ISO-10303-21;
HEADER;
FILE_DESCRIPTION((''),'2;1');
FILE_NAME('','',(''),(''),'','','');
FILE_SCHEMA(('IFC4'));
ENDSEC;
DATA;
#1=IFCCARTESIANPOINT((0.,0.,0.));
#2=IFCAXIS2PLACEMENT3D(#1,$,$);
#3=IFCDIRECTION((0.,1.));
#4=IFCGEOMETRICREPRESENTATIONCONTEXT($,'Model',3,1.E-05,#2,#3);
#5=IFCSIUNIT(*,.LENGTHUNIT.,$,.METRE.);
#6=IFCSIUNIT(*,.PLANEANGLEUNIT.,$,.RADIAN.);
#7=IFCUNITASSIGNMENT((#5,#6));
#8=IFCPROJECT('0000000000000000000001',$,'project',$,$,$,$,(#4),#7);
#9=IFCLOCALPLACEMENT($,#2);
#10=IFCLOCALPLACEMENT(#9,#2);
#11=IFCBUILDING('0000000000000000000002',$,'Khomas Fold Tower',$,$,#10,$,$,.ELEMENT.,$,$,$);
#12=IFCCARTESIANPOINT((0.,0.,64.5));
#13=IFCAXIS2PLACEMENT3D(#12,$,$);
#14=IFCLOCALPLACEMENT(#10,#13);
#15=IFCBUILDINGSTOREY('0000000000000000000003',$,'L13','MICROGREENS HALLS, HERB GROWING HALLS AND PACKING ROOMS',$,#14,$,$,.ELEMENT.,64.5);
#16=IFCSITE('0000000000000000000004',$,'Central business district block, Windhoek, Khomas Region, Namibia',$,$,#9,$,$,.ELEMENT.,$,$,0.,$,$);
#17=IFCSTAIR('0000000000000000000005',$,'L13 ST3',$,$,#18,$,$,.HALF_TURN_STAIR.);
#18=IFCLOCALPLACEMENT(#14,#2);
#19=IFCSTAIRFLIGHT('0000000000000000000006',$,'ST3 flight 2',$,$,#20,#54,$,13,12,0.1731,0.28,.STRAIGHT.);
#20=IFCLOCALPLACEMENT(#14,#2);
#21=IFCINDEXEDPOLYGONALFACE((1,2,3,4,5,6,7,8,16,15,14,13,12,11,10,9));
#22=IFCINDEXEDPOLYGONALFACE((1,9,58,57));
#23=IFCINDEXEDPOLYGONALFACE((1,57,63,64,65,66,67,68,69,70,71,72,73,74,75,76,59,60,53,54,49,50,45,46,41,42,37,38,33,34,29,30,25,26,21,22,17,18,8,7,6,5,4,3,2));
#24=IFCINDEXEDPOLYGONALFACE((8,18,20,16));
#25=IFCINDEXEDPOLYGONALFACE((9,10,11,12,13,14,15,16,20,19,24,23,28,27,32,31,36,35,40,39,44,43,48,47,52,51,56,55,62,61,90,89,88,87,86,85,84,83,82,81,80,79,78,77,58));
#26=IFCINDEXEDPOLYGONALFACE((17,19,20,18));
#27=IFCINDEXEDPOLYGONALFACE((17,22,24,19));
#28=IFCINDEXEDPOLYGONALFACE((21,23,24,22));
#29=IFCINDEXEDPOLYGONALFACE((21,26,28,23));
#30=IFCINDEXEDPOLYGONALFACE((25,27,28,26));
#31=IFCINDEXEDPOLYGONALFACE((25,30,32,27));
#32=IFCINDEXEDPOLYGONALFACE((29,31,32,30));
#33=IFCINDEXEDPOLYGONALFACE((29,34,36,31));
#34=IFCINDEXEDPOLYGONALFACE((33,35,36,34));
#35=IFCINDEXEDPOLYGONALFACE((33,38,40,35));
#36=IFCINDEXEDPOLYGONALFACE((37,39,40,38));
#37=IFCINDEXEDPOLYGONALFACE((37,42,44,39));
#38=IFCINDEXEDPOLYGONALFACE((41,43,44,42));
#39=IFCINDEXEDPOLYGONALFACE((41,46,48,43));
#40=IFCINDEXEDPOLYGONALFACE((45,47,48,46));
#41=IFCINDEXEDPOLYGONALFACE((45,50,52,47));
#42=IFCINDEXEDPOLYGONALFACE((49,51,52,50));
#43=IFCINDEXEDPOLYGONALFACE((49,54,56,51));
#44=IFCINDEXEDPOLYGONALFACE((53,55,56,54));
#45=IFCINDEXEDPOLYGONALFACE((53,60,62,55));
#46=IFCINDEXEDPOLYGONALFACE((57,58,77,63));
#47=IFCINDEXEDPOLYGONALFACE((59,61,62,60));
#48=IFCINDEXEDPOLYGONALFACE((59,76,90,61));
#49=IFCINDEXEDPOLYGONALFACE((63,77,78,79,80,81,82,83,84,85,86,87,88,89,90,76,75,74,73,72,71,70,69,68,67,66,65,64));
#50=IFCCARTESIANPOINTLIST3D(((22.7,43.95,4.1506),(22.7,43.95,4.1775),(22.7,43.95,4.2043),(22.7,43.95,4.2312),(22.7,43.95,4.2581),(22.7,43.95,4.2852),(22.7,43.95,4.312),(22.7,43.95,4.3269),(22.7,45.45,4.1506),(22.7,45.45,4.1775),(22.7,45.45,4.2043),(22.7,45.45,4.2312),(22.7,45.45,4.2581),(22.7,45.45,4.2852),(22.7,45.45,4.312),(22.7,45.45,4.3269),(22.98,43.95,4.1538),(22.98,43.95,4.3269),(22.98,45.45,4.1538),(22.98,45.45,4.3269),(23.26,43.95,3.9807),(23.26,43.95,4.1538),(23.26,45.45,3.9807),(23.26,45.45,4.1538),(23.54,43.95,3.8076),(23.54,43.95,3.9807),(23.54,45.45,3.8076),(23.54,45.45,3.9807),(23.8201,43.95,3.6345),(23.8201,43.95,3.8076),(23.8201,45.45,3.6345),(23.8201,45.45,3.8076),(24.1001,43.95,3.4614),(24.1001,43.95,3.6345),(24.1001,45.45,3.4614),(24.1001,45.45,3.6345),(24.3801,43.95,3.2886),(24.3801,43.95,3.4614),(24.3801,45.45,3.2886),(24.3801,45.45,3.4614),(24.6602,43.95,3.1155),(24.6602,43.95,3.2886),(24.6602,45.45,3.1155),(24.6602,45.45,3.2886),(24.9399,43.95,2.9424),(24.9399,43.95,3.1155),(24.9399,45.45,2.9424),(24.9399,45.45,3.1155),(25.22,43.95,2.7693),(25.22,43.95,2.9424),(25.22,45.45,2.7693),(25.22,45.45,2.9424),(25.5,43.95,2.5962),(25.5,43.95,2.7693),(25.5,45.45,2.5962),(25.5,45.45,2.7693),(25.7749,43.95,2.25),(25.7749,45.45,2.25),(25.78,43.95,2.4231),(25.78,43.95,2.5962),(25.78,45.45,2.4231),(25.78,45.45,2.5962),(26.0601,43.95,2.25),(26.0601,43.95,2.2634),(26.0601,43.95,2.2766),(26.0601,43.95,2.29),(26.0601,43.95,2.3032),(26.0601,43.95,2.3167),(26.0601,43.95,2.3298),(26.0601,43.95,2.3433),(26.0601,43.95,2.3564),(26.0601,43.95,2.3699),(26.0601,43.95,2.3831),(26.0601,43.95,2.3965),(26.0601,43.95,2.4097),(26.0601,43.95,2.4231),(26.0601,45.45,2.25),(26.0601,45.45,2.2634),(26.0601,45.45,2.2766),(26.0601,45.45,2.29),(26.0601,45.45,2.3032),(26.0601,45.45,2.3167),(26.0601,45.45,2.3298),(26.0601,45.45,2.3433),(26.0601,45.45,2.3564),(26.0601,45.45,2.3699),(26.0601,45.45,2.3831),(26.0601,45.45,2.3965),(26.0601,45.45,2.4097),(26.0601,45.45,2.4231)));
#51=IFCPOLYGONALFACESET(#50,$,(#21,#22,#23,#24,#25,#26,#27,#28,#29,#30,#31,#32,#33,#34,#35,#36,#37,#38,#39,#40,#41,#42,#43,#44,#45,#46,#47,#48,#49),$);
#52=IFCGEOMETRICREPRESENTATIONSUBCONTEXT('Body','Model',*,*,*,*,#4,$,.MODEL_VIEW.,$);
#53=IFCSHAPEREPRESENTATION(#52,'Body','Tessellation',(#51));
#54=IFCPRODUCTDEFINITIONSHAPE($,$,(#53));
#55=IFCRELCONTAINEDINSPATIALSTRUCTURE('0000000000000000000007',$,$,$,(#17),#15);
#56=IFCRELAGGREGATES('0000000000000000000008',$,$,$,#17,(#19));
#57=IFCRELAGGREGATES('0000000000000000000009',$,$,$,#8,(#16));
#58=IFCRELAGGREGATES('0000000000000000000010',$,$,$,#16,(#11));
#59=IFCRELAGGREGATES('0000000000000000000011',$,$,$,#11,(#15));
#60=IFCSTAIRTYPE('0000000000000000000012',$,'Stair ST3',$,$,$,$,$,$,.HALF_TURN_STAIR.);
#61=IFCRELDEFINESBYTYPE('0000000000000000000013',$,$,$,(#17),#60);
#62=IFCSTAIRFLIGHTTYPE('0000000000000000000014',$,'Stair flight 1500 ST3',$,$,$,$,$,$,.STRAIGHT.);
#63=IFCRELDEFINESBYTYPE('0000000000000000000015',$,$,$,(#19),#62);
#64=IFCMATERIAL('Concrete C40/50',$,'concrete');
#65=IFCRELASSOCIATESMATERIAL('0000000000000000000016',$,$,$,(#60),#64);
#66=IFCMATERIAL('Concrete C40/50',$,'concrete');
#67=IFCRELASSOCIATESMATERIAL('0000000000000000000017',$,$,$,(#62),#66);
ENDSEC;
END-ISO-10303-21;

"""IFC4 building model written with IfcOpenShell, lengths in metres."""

from ifc_helpers import new_model, si_unit, direction, frame, origin, place, context, subcontext, project, spatial, polyline, outline, extrude, source, transform, mapped, material, type_object, element, aggregate, save


model = new_model("IFC4")

# Units and contexts
model_context = context("Model", 3, precision=1e-05, world=origin(), true_north=direction((0.0, 1.0)))
body_context = subcontext(model_context, "Body", "Model", "MODEL_VIEW")
ifc_project = project(units=[si_unit("LENGTHUNIT", "METRE"), si_unit("PLANEANGLEUNIT", "RADIAN")], contexts=[model_context])

# Site, building, storey
site_placement = place(None, origin())
site = spatial("IfcSite", under=ifc_project, at=site_placement, Name="Central business district block, Windhoek, Khomas Region, Namibia", CompositionType="ELEMENT", RefElevation=0.0)
building_placement = place(site_placement, origin())
building = spatial("IfcBuilding", under=site, at=building_placement, Name="Khomas Fold Tower", CompositionType="ELEMENT")
storey_placement = place(building_placement, frame((0.0, 0.0, 64.5)))
storey = spatial("IfcBuildingStorey", under=building, at=storey_placement, Name="L13", Description="MICROGREENS HALLS, HERB GROWING HALLS AND PACKING ROOMS", CompositionType="ELEMENT", Elevation=64.5)

# Stair, stair flight
ifc_material_1 = material(Name="Concrete C40/50", Category="concrete")
stair_type = type_object("IfcStairType", Name="Stair ST3", PredefinedType="HALF_TURN_STAIR", material=ifc_material_1)
stair_placement = place(storey_placement, origin())
stair = element("IfcStair", 1, at=stair_placement, inside=storey, type_object=stair_type, Name="L13 ST3", PredefinedType="HALF_TURN_STAIR")
ifc_material_2 = material(Name="Concrete C40/50", Category="concrete")
stair_flight_type = type_object("IfcStairFlightType", Name="Stair flight 1500 ST3", PredefinedType="STRAIGHT", material=ifc_material_2)
shared_shape_1 = source(origin(), body_context, "Body", "SweptSolid", [
    extrude(outline(polyline([(0.0, 0.0), (0.0, 0.0134), (0.0, 0.0266), (0.0, 0.04), (0.0, 0.0532), (0.0, 0.0667), (0.0, 0.0798), (0.0, 0.0933), (0.0, 0.1064), (0.0, 0.1199), (0.0, 0.1331), (0.0, 0.1465), (0.0, 0.1597), (0.0, 0.1731), (0.28, 0.1731), (0.28, 0.3462), (0.5601, 0.3462), (0.5601, 0.5193), (0.8401, 0.5193), (0.8401, 0.6924), (1.1201, 0.6924), (1.1201, 0.8655), (1.3999, 0.8655), (1.3999, 1.0386), (1.6799, 1.0386), (1.6799, 1.2114), (1.96, 1.2114), (1.96, 1.3845), (2.24, 1.3845), (2.24, 1.5576), (2.52, 1.5576), (2.52, 1.7307), (2.8, 1.7307), (2.8, 1.9038), (3.0801, 1.9038), (3.0801, 2.0769), (3.3601, 2.0769), (3.3601, 2.25), (3.3601, 2.2231), (3.3601, 2.1963), (3.3601, 2.1694), (3.3601, 2.1426), (3.3601, 2.1157), (3.3601, 2.0889), (3.3601, 2.062), (3.3601, 2.0352), (3.3601, 2.0081), (3.3601, 1.9812), (3.3601, 1.9543), (3.3601, 1.9275), (3.3601, 1.9006), (0.2852, 0.0), (0.0, 0.0)])), frame((0.0, 0.75, 0.0), z_axis=(0.0, -1.0, 0.0), x_axis=(1.0, 0.0, 0.0)), (0.0, 0.0, 1.0), 1.5),
])
stair_flight_placement = place(storey_placement, frame((26.0601, 44.7, 2.25), z_axis=(0.0, 0.0, 1.0), x_axis=(-1.0, 0.0, 0.0)))
stair_flight = element("IfcStairFlight", 2, at=stair_flight_placement, type_object=stair_flight_type, Name="ST3 flight 2", NumberOfRisers=13, NumberOfTreads=12, PredefinedType="STRAIGHT", RiserHeight=0.1731, TreadLength=0.28, context=body_context, shape_type="MappedRepresentation", body=[
    mapped(shared_shape_1, transform((0.0, 0.0, 0.0))),
])
aggregate(stair, [stair_flight])

save(model, "model.ifc")
